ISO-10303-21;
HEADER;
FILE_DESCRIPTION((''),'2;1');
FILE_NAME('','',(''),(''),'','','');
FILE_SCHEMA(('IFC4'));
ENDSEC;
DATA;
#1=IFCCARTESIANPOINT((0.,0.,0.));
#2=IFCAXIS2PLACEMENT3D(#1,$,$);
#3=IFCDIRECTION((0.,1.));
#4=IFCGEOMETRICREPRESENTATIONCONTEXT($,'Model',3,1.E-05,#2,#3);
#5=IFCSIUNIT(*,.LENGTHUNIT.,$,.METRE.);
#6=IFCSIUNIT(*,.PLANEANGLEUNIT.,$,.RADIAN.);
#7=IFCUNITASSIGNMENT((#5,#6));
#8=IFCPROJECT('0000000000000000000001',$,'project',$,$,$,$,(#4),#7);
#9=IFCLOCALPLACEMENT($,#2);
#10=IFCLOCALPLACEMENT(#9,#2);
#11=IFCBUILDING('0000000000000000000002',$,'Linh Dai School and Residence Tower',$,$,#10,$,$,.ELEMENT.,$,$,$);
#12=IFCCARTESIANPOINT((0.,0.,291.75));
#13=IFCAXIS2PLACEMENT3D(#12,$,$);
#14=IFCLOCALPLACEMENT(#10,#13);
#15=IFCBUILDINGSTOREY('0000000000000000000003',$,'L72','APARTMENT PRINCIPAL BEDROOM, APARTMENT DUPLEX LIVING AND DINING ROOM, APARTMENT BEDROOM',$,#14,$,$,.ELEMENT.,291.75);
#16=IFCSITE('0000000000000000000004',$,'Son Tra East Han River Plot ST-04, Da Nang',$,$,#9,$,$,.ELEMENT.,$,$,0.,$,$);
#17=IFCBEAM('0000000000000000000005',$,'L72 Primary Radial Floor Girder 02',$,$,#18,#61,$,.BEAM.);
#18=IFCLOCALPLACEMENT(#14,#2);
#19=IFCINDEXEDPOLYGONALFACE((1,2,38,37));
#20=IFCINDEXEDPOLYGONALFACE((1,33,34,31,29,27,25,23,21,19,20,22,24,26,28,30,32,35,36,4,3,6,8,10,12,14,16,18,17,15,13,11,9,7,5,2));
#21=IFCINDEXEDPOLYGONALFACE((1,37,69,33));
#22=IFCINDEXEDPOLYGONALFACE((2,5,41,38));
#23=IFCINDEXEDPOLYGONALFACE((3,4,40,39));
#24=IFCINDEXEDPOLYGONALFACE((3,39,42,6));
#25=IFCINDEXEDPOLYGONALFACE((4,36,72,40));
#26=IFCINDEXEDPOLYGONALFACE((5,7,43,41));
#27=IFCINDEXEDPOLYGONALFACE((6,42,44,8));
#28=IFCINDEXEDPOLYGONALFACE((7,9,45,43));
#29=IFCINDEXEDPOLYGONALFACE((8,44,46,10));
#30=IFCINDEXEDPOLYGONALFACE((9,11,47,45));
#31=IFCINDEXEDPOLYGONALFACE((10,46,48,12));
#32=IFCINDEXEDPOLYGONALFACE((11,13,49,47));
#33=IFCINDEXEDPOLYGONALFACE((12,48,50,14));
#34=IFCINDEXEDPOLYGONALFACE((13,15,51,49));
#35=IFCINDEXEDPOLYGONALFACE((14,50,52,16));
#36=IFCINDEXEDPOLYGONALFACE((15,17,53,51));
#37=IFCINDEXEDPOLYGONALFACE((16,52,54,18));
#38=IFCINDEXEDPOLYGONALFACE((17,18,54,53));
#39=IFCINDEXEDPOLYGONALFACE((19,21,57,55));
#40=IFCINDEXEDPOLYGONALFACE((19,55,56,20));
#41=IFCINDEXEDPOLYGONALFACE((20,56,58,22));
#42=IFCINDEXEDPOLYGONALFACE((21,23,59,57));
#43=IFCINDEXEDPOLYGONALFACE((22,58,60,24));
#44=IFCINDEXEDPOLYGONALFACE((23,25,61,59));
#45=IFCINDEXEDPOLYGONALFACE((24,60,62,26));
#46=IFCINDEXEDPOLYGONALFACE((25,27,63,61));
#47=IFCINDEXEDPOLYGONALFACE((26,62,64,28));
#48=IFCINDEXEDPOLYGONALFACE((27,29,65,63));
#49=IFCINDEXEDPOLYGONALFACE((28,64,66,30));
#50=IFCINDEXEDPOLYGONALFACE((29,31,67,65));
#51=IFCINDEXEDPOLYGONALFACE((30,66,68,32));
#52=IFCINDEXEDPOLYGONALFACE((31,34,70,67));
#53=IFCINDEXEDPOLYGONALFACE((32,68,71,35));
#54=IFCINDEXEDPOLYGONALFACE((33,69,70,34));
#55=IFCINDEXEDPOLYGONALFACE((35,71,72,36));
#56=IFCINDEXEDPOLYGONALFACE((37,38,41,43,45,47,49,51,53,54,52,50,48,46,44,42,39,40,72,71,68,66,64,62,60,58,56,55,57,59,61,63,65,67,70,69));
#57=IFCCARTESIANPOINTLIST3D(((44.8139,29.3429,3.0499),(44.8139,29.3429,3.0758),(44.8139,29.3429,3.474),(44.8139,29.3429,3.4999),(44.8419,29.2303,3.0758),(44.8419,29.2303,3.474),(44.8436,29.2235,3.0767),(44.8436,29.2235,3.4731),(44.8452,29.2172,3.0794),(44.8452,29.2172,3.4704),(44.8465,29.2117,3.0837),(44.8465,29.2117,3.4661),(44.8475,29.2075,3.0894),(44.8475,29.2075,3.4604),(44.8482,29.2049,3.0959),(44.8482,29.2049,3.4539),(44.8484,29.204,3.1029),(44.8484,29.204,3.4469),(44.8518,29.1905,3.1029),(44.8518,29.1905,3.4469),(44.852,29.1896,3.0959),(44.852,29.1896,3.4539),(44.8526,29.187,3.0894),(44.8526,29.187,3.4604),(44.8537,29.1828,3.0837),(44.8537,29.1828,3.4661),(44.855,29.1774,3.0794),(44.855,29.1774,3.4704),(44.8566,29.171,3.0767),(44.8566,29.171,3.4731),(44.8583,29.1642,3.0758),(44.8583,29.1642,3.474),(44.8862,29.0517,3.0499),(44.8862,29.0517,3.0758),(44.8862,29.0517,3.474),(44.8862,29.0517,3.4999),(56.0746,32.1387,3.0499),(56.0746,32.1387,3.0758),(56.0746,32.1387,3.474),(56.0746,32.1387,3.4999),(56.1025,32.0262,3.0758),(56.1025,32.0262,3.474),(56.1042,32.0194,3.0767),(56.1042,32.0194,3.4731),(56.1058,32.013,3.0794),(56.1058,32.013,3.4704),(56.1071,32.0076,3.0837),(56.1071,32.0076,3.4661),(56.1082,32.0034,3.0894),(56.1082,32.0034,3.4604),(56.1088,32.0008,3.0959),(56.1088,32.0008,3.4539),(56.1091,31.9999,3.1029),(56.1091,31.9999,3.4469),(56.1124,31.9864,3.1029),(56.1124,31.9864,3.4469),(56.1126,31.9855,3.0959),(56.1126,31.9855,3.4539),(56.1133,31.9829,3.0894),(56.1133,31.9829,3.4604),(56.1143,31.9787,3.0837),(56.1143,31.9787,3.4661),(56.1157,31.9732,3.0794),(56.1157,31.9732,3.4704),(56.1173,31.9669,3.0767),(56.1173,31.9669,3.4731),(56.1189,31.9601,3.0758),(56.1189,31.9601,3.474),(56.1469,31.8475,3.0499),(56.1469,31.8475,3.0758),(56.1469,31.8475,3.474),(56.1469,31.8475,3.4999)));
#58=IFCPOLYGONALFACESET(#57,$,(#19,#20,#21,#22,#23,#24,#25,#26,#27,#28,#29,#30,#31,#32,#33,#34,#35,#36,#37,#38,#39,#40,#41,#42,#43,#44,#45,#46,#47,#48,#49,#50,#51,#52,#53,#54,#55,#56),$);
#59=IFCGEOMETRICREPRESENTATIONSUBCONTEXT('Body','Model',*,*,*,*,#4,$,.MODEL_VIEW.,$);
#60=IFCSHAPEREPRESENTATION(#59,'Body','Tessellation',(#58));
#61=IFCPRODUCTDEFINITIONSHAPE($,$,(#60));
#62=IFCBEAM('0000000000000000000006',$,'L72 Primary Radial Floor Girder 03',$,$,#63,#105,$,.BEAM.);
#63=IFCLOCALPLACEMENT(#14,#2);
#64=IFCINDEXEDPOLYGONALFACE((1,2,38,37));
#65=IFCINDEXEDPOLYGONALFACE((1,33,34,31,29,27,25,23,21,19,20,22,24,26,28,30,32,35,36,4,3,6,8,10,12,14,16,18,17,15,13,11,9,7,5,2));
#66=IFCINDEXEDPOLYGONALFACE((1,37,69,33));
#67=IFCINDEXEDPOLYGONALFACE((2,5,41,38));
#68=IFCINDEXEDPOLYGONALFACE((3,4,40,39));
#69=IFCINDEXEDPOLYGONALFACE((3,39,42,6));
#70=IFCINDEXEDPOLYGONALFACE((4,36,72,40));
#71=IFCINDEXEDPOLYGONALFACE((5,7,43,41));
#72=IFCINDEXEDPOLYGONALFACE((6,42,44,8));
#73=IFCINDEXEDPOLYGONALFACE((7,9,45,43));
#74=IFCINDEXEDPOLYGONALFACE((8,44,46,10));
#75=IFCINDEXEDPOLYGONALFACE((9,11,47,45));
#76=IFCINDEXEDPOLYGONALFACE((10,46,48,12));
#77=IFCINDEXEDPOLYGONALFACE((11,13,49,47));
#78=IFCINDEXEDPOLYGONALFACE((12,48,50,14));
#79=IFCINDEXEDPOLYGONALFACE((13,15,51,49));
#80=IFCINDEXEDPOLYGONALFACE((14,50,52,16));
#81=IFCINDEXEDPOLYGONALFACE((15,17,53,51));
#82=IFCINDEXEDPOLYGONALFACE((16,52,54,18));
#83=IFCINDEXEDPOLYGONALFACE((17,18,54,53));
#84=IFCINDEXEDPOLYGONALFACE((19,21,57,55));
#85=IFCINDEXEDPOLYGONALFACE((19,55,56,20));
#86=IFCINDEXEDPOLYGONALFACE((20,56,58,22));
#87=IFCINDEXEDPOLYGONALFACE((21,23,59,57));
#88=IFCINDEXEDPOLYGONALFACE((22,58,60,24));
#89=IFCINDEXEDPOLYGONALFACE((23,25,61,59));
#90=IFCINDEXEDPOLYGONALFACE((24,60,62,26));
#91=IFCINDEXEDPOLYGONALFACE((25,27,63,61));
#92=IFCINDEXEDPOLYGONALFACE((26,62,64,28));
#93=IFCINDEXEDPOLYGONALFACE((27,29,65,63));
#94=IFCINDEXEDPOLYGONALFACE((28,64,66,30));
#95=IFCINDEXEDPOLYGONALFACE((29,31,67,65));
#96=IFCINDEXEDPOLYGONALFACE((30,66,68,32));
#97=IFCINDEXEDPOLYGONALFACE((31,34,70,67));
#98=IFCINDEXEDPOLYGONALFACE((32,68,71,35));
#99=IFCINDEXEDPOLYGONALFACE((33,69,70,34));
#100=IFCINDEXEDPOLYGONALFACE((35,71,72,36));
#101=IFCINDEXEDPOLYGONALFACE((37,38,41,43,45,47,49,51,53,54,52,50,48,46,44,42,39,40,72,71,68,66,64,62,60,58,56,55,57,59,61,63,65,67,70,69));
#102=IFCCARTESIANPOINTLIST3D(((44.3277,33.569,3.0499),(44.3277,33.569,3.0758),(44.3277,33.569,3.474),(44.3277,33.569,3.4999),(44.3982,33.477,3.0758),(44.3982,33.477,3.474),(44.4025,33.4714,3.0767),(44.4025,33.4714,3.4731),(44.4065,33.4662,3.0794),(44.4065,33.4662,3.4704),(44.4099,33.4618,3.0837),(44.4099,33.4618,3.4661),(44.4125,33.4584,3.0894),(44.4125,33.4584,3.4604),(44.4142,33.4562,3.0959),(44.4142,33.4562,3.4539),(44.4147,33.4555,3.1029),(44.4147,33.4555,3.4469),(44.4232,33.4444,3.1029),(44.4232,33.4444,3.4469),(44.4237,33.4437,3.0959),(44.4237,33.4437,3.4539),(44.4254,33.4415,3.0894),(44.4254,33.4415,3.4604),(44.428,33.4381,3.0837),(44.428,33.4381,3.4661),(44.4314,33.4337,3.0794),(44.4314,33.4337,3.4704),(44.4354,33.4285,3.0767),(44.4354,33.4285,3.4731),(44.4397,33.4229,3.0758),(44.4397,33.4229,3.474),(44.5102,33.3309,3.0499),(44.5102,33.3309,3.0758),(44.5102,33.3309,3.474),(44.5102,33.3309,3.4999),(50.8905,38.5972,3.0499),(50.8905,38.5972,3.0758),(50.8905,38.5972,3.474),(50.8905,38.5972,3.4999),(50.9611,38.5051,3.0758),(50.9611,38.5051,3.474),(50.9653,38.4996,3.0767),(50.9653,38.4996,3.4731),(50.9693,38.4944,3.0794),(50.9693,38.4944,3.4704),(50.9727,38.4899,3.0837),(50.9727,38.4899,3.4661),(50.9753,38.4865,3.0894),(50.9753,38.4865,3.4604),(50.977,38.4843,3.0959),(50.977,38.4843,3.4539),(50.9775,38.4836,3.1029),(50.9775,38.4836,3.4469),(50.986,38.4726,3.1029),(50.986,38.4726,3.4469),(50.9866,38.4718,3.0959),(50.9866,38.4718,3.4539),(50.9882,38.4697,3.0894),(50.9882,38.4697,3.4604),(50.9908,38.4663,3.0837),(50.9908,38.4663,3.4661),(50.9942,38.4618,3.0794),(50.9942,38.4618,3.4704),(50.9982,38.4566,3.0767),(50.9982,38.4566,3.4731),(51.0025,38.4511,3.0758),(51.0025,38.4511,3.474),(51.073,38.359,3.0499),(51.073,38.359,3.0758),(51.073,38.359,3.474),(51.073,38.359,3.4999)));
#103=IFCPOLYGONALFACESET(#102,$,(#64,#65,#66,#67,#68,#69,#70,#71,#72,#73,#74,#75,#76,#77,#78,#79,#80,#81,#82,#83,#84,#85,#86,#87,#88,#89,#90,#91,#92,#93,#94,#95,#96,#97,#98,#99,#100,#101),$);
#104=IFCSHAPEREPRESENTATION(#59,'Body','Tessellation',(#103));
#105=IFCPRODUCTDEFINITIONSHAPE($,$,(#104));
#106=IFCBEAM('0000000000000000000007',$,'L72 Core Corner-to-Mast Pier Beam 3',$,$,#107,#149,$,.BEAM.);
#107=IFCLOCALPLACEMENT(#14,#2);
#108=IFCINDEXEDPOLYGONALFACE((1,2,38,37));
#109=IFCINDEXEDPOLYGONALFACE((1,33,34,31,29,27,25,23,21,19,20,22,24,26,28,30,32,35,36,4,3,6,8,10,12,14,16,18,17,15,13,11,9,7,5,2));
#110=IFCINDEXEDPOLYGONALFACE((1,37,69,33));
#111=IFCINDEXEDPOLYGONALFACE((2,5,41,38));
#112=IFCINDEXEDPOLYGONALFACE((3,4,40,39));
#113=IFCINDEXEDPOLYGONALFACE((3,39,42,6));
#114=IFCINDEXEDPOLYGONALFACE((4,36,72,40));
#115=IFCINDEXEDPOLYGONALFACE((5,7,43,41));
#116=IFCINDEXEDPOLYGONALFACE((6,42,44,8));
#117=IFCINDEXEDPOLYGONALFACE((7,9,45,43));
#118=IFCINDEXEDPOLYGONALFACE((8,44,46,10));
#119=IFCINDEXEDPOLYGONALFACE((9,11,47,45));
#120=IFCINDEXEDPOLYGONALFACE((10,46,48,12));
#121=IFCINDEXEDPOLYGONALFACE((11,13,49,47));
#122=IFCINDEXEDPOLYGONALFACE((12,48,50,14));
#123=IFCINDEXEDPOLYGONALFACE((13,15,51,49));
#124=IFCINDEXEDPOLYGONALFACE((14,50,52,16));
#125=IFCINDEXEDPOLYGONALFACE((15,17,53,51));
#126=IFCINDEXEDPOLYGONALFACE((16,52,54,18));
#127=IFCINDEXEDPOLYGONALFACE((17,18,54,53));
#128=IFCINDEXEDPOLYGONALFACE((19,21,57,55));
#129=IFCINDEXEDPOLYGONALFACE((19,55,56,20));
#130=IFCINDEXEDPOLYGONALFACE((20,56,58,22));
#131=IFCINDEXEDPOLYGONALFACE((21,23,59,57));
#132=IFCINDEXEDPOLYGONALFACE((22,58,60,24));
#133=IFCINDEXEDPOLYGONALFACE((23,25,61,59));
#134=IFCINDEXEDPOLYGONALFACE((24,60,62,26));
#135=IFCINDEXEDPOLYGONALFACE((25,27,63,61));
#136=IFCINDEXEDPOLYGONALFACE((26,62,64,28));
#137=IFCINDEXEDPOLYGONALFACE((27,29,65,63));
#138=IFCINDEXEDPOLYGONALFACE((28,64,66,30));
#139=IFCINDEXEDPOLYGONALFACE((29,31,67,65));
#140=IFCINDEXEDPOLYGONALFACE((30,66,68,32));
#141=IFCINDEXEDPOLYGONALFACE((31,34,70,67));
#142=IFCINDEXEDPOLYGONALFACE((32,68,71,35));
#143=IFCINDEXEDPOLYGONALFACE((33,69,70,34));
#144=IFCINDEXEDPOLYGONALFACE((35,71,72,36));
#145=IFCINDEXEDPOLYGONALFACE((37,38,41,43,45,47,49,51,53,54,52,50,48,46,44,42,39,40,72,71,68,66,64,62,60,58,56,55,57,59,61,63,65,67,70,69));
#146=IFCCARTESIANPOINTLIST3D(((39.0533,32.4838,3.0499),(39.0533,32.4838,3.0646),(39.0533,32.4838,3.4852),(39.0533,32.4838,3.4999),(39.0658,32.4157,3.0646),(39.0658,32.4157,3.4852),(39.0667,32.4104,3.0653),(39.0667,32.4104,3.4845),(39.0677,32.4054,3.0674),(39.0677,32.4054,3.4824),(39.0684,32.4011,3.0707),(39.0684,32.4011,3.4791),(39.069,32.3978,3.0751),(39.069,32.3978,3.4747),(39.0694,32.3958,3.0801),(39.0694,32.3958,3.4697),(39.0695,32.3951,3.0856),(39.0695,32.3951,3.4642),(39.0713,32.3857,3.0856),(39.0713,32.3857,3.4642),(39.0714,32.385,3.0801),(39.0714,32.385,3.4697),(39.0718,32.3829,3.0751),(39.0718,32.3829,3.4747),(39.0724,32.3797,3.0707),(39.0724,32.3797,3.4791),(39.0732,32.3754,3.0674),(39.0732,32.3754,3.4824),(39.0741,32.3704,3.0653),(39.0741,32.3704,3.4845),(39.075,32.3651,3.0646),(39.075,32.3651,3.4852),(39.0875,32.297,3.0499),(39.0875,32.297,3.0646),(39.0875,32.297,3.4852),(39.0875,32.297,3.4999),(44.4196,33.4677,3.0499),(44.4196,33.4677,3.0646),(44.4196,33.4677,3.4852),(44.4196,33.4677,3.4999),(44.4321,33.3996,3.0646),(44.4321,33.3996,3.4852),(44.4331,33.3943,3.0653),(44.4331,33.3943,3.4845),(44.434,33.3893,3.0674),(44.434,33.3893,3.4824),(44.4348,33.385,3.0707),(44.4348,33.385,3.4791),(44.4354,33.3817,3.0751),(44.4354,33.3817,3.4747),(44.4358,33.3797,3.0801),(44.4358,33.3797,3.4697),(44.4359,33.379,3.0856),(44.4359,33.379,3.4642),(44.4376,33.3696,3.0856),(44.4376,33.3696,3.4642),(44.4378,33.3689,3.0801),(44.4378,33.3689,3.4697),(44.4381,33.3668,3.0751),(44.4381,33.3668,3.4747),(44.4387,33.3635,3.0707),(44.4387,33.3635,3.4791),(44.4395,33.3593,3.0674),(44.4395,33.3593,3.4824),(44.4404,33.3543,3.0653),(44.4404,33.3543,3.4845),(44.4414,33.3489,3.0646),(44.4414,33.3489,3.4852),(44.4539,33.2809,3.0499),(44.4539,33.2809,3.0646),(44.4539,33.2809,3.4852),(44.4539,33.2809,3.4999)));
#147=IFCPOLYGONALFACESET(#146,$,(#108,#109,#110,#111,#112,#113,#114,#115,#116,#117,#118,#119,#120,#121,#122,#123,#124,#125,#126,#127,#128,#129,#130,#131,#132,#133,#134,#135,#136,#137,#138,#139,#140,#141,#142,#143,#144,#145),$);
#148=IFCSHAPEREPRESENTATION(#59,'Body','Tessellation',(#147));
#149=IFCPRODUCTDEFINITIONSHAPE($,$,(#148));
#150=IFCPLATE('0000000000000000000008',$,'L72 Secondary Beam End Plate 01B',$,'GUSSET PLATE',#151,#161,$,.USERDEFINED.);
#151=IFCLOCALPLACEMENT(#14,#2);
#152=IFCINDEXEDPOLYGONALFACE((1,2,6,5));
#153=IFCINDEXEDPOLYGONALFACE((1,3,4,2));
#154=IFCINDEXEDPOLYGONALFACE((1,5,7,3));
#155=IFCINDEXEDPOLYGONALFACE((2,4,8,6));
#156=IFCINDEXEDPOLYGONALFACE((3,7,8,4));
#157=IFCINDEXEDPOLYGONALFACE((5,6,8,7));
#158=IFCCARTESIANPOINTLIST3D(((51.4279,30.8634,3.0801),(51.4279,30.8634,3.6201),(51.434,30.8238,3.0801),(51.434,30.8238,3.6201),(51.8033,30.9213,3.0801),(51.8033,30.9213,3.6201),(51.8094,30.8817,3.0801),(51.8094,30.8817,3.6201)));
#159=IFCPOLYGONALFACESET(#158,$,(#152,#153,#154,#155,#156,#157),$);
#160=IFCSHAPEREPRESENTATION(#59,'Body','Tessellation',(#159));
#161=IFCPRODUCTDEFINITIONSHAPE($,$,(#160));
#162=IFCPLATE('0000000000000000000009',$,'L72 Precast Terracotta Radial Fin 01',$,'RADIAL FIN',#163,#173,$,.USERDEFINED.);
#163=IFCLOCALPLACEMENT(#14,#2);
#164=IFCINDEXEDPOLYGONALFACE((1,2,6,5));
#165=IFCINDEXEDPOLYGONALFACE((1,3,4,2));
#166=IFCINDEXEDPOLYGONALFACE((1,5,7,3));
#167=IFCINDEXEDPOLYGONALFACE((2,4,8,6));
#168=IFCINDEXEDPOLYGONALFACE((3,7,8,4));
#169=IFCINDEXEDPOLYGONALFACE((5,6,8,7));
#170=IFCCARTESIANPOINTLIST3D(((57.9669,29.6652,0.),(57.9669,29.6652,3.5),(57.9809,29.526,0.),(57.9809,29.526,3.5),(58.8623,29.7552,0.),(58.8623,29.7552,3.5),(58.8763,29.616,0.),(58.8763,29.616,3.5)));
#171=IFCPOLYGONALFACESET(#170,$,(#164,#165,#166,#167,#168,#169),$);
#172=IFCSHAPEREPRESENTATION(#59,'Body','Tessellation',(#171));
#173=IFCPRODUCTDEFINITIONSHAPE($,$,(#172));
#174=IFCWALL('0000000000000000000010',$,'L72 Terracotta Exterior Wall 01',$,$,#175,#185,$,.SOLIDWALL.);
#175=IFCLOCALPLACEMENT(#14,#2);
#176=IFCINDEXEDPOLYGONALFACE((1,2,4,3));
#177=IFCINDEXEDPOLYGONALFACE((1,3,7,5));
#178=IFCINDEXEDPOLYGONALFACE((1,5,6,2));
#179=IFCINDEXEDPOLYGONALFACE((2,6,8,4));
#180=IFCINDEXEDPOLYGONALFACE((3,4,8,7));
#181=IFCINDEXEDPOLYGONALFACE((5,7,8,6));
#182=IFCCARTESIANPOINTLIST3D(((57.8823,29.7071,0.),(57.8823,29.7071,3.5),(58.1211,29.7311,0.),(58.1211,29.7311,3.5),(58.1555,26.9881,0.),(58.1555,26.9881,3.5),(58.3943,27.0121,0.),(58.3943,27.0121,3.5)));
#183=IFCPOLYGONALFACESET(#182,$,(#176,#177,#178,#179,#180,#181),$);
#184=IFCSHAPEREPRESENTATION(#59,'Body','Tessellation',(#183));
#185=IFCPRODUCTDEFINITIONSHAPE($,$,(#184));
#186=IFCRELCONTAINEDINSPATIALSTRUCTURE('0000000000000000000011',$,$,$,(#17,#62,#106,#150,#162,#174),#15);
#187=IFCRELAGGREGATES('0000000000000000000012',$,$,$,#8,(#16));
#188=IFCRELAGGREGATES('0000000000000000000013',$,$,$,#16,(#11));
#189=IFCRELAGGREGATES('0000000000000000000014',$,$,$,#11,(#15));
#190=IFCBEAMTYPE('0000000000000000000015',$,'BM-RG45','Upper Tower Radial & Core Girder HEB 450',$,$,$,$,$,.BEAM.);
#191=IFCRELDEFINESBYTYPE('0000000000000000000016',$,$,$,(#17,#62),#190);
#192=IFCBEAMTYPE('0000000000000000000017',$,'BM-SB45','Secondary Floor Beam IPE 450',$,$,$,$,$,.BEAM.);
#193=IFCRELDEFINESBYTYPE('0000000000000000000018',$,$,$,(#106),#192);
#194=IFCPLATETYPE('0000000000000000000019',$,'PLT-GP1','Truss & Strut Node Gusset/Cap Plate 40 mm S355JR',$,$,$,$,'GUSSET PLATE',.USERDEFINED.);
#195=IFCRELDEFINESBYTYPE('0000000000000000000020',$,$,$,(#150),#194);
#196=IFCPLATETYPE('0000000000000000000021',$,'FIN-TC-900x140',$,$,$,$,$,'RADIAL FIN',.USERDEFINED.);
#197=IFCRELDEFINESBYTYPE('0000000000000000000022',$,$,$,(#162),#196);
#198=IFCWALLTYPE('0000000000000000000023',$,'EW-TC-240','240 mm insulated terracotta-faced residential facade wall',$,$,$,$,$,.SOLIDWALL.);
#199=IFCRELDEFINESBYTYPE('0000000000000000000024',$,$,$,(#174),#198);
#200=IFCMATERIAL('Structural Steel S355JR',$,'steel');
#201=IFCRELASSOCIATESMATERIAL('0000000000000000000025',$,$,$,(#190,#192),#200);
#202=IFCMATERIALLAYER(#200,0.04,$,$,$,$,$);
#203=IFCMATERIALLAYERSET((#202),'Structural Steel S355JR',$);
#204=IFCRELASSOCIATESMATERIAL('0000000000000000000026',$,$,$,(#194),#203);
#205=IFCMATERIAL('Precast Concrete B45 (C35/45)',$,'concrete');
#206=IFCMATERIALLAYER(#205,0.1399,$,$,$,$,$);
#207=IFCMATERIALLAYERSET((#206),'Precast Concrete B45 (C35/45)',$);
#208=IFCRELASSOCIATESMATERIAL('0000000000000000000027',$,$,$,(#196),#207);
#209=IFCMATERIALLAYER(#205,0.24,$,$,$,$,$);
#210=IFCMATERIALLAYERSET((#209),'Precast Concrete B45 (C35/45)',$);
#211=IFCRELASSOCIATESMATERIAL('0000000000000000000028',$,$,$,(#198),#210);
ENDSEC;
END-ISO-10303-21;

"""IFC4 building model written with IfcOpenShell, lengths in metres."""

from ifc_helpers import new_model, si_unit, direction, frame, frame_2d, origin, origin_2d, place, context, subcontext, project, spatial, rectangle, i_section, extrude, source, transform, mapped, material, layer, layer_set, material_profile, profile_set, type_object, element, save


model = new_model("IFC4")

# Units and contexts
model_context = context("Model", 3, precision=1e-05, world=origin(), true_north=direction((0.0, 1.0)))
body_context = subcontext(model_context, "Body", "Model", "MODEL_VIEW")
ifc_project = project(units=[si_unit("LENGTHUNIT", "METRE"), si_unit("PLANEANGLEUNIT", "RADIAN")], contexts=[model_context])

# Site, building, storey
site_placement = place(None, origin())
site = spatial("IfcSite", under=ifc_project, at=site_placement, Name="Son Tra East Han River Plot ST-04, Da Nang", CompositionType="ELEMENT", RefElevation=0.0)
building_placement = place(site_placement, origin())
building = spatial("IfcBuilding", under=site, at=building_placement, Name="Linh Dai School and Residence Tower", CompositionType="ELEMENT")
storey_placement = place(building_placement, frame((0.0, 0.0, 291.75)))
storey = spatial("IfcBuildingStorey", under=building, at=storey_placement, Name="L72", Description="APARTMENT PRINCIPAL BEDROOM, APARTMENT DUPLEX LIVING AND DINING ROOM, APARTMENT BEDROOM", CompositionType="ELEMENT", Elevation=291.75)

# Shared definitions
ifc_material_1 = material(Name="Structural Steel S355JR", Category="steel")

# Beams
ifc_material_profile_1 = material_profile(ifc_material_1, i_section(OverallWidth=0.3, OverallDepth=0.45, WebThickness=0.0139, FlangeThickness=0.0259, FilletRadius=0.0271, at=origin_2d()), Name="HEB 450")
ifc_profile_set_1 = profile_set([ifc_material_profile_1], Name="Structural Steel S355JR")
beam_type_1 = type_object("IfcBeamType", Name="BM-RG45", Description="Upper Tower Radial & Core Girder HEB 450", PredefinedType="BEAM", material=ifc_profile_set_1)
beam_1_placement = place(storey_placement, frame((44.8501, 29.1973, 3.2749), z_axis=(0.970532, 0.240971, 0.0), x_axis=(-0.240971, 0.970532, 0.0)))
element("IfcBeam", 1, at=beam_1_placement, inside=storey, type_object=beam_type_1, Name="L72 Primary Radial Floor Girder 02", PredefinedType="BEAM", context=body_context, shape_type="SweptSolid", body=[
    extrude(i_section(OverallWidth=0.3, OverallDepth=0.45, WebThickness=0.0139, FlangeThickness=0.0259, FilletRadius=0.0271, at=origin_2d()), origin(), (0.0, 0.0, 1.0), 11.6025),
])
beam_2_placement = place(storey_placement, frame((44.4189, 33.45, 3.2749), z_axis=(0.793803, 0.608175, 0.0), x_axis=(-0.608175, 0.793803, 0.0)))
element("IfcBeam", 2, at=beam_2_placement, inside=storey, type_object=beam_type_1, Name="L72 Primary Radial Floor Girder 03", PredefinedType="BEAM", context=body_context, shape_type="SweptSolid", body=[
    extrude(i_section(OverallWidth=0.3, OverallDepth=0.45, WebThickness=0.0139, FlangeThickness=0.0259, FilletRadius=0.0271, at=origin_2d()), origin(), (0.0, 0.0, 1.0), 8.2676),
])
ifc_material_profile_2 = material_profile(ifc_material_1, i_section(OverallWidth=0.1899, OverallDepth=0.45, WebThickness=0.0095, FlangeThickness=0.0146, FilletRadius=0.021, at=origin_2d()), Name="IPE 450")
ifc_profile_set_2 = profile_set([ifc_material_profile_2], Name="Structural Steel S355JR")
beam_type_2 = type_object("IfcBeamType", Name="BM-SB45", Description="Secondary Floor Beam IPE 450", PredefinedType="BEAM", material=ifc_profile_set_2)
beam_3_placement = place(storey_placement, frame((44.4368, 33.3743, 3.2749), z_axis=(-0.983605, -0.180334, 0.0), x_axis=(0.180334, -0.983605, 0.0)))
element("IfcBeam", 3, at=beam_3_placement, inside=storey, type_object=beam_type_2, Name="L72 Core Corner-to-Mast Pier Beam 3", PredefinedType="BEAM", context=body_context, shape_type="SweptSolid", body=[
    extrude(i_section(OverallWidth=0.1899, OverallDepth=0.45, WebThickness=0.0095, FlangeThickness=0.0146, FilletRadius=0.021, at=origin_2d()), origin(), (0.0, 0.0, 1.0), 5.4558),
])

# Plates
ifc_layer_1 = layer(ifc_material_1, 0.04)
ifc_layer_set_1 = layer_set([ifc_layer_1], Name="Structural Steel S355JR")
plate_type_1 = type_object("IfcPlateType", Name="PLT-GP1", Description="Truss & Strut Node Gusset/Cap Plate 40 mm S355JR", ElementType="GUSSET PLATE", PredefinedType="USERDEFINED", material=ifc_layer_set_1)
shared_shape_1 = source(origin(), body_context, "Body", "SweptSolid", [
    extrude(rectangle(XDim=0.04, YDim=0.3799, at=origin_2d()), origin(), (0.0, 0.0, 1.0), 0.54),
])
plate_1_placement = place(storey_placement, frame((51.6187, 30.8726, 3.0801), z_axis=(0.0, 0.0, 1.0), x_axis=(-0.152474, 0.988308, 0.0)))
element("IfcPlate", 4, at=plate_1_placement, inside=storey, type_object=plate_type_1, Name="L72 Secondary Beam End Plate 01B", ObjectType="GUSSET PLATE", PredefinedType="USERDEFINED", context=body_context, shape_type="MappedRepresentation", body=[
    mapped(shared_shape_1, transform((0.0, 0.0, 0.0), x_axis=(1.0, 0.0, 0.0), y_axis=(0.0, 1.0, 0.0), z_axis=(0.0, 0.0, 1.0), scale=1.0)),
])
ifc_material_2 = material(Name="Precast Concrete B45 (C35/45)", Category="concrete")
ifc_layer_2 = layer(ifc_material_2, 0.1399)
ifc_layer_set_2 = layer_set([ifc_layer_2], Name="Precast Concrete B45 (C35/45)")
plate_type_2 = type_object("IfcPlateType", Name="FIN-TC-900x140", ElementType="RADIAL FIN", PredefinedType="USERDEFINED", material=ifc_layer_set_2)
shared_shape_2 = source(origin(), body_context, "Body", "SweptSolid", [
    extrude(rectangle(XDim=0.8999, YDim=0.1399, at=origin_2d()), origin(), (0.0, 0.0, 1.0), 3.5),
])
plate_2_placement = place(storey_placement, frame((58.4216, 29.6406, 0.0), z_axis=(0.0, 0.0, 1.0), x_axis=(0.994987, 0.100008, 0.0)))
element("IfcPlate", 5, at=plate_2_placement, inside=storey, type_object=plate_type_2, Name="L72 Precast Terracotta Radial Fin 01", ObjectType="RADIAL FIN", PredefinedType="USERDEFINED", context=body_context, shape_type="MappedRepresentation", body=[
    mapped(shared_shape_2, transform((0.0, 0.0, 0.0), x_axis=(1.0, 0.0, 0.0), y_axis=(0.0, 1.0, 0.0), z_axis=(0.0, 0.0, 1.0), scale=1.0)),
])

# Wall
ifc_layer_3 = layer(ifc_material_2, 0.24)
ifc_layer_set_3 = layer_set([ifc_layer_3], Name="Precast Concrete B45 (C35/45)")
wall_type_1 = type_object("IfcWallType", Name="EW-TC-240", Description="240 mm insulated terracotta-faced residential facade wall", PredefinedType="SOLIDWALL", material=ifc_layer_set_3)
wall_1_placement = place(storey_placement, frame((58.0017, 29.719, 0.0), z_axis=(0.0, 0.0, 1.0), x_axis=(0.099973, -0.99499, 0.0)))
element("IfcWall", 6, at=wall_1_placement, inside=storey, type_object=wall_type_1, Name="L72 Terracotta Exterior Wall 01", PredefinedType="SOLIDWALL", context=body_context, shape_type="SweptSolid", body=[
    extrude(rectangle(XDim=2.7327, YDim=0.24, at=frame_2d((1.3662, 0.0))), origin(), (0.0, 0.0, 1.0), 3.5),
])

save(model, "model.ifc")
